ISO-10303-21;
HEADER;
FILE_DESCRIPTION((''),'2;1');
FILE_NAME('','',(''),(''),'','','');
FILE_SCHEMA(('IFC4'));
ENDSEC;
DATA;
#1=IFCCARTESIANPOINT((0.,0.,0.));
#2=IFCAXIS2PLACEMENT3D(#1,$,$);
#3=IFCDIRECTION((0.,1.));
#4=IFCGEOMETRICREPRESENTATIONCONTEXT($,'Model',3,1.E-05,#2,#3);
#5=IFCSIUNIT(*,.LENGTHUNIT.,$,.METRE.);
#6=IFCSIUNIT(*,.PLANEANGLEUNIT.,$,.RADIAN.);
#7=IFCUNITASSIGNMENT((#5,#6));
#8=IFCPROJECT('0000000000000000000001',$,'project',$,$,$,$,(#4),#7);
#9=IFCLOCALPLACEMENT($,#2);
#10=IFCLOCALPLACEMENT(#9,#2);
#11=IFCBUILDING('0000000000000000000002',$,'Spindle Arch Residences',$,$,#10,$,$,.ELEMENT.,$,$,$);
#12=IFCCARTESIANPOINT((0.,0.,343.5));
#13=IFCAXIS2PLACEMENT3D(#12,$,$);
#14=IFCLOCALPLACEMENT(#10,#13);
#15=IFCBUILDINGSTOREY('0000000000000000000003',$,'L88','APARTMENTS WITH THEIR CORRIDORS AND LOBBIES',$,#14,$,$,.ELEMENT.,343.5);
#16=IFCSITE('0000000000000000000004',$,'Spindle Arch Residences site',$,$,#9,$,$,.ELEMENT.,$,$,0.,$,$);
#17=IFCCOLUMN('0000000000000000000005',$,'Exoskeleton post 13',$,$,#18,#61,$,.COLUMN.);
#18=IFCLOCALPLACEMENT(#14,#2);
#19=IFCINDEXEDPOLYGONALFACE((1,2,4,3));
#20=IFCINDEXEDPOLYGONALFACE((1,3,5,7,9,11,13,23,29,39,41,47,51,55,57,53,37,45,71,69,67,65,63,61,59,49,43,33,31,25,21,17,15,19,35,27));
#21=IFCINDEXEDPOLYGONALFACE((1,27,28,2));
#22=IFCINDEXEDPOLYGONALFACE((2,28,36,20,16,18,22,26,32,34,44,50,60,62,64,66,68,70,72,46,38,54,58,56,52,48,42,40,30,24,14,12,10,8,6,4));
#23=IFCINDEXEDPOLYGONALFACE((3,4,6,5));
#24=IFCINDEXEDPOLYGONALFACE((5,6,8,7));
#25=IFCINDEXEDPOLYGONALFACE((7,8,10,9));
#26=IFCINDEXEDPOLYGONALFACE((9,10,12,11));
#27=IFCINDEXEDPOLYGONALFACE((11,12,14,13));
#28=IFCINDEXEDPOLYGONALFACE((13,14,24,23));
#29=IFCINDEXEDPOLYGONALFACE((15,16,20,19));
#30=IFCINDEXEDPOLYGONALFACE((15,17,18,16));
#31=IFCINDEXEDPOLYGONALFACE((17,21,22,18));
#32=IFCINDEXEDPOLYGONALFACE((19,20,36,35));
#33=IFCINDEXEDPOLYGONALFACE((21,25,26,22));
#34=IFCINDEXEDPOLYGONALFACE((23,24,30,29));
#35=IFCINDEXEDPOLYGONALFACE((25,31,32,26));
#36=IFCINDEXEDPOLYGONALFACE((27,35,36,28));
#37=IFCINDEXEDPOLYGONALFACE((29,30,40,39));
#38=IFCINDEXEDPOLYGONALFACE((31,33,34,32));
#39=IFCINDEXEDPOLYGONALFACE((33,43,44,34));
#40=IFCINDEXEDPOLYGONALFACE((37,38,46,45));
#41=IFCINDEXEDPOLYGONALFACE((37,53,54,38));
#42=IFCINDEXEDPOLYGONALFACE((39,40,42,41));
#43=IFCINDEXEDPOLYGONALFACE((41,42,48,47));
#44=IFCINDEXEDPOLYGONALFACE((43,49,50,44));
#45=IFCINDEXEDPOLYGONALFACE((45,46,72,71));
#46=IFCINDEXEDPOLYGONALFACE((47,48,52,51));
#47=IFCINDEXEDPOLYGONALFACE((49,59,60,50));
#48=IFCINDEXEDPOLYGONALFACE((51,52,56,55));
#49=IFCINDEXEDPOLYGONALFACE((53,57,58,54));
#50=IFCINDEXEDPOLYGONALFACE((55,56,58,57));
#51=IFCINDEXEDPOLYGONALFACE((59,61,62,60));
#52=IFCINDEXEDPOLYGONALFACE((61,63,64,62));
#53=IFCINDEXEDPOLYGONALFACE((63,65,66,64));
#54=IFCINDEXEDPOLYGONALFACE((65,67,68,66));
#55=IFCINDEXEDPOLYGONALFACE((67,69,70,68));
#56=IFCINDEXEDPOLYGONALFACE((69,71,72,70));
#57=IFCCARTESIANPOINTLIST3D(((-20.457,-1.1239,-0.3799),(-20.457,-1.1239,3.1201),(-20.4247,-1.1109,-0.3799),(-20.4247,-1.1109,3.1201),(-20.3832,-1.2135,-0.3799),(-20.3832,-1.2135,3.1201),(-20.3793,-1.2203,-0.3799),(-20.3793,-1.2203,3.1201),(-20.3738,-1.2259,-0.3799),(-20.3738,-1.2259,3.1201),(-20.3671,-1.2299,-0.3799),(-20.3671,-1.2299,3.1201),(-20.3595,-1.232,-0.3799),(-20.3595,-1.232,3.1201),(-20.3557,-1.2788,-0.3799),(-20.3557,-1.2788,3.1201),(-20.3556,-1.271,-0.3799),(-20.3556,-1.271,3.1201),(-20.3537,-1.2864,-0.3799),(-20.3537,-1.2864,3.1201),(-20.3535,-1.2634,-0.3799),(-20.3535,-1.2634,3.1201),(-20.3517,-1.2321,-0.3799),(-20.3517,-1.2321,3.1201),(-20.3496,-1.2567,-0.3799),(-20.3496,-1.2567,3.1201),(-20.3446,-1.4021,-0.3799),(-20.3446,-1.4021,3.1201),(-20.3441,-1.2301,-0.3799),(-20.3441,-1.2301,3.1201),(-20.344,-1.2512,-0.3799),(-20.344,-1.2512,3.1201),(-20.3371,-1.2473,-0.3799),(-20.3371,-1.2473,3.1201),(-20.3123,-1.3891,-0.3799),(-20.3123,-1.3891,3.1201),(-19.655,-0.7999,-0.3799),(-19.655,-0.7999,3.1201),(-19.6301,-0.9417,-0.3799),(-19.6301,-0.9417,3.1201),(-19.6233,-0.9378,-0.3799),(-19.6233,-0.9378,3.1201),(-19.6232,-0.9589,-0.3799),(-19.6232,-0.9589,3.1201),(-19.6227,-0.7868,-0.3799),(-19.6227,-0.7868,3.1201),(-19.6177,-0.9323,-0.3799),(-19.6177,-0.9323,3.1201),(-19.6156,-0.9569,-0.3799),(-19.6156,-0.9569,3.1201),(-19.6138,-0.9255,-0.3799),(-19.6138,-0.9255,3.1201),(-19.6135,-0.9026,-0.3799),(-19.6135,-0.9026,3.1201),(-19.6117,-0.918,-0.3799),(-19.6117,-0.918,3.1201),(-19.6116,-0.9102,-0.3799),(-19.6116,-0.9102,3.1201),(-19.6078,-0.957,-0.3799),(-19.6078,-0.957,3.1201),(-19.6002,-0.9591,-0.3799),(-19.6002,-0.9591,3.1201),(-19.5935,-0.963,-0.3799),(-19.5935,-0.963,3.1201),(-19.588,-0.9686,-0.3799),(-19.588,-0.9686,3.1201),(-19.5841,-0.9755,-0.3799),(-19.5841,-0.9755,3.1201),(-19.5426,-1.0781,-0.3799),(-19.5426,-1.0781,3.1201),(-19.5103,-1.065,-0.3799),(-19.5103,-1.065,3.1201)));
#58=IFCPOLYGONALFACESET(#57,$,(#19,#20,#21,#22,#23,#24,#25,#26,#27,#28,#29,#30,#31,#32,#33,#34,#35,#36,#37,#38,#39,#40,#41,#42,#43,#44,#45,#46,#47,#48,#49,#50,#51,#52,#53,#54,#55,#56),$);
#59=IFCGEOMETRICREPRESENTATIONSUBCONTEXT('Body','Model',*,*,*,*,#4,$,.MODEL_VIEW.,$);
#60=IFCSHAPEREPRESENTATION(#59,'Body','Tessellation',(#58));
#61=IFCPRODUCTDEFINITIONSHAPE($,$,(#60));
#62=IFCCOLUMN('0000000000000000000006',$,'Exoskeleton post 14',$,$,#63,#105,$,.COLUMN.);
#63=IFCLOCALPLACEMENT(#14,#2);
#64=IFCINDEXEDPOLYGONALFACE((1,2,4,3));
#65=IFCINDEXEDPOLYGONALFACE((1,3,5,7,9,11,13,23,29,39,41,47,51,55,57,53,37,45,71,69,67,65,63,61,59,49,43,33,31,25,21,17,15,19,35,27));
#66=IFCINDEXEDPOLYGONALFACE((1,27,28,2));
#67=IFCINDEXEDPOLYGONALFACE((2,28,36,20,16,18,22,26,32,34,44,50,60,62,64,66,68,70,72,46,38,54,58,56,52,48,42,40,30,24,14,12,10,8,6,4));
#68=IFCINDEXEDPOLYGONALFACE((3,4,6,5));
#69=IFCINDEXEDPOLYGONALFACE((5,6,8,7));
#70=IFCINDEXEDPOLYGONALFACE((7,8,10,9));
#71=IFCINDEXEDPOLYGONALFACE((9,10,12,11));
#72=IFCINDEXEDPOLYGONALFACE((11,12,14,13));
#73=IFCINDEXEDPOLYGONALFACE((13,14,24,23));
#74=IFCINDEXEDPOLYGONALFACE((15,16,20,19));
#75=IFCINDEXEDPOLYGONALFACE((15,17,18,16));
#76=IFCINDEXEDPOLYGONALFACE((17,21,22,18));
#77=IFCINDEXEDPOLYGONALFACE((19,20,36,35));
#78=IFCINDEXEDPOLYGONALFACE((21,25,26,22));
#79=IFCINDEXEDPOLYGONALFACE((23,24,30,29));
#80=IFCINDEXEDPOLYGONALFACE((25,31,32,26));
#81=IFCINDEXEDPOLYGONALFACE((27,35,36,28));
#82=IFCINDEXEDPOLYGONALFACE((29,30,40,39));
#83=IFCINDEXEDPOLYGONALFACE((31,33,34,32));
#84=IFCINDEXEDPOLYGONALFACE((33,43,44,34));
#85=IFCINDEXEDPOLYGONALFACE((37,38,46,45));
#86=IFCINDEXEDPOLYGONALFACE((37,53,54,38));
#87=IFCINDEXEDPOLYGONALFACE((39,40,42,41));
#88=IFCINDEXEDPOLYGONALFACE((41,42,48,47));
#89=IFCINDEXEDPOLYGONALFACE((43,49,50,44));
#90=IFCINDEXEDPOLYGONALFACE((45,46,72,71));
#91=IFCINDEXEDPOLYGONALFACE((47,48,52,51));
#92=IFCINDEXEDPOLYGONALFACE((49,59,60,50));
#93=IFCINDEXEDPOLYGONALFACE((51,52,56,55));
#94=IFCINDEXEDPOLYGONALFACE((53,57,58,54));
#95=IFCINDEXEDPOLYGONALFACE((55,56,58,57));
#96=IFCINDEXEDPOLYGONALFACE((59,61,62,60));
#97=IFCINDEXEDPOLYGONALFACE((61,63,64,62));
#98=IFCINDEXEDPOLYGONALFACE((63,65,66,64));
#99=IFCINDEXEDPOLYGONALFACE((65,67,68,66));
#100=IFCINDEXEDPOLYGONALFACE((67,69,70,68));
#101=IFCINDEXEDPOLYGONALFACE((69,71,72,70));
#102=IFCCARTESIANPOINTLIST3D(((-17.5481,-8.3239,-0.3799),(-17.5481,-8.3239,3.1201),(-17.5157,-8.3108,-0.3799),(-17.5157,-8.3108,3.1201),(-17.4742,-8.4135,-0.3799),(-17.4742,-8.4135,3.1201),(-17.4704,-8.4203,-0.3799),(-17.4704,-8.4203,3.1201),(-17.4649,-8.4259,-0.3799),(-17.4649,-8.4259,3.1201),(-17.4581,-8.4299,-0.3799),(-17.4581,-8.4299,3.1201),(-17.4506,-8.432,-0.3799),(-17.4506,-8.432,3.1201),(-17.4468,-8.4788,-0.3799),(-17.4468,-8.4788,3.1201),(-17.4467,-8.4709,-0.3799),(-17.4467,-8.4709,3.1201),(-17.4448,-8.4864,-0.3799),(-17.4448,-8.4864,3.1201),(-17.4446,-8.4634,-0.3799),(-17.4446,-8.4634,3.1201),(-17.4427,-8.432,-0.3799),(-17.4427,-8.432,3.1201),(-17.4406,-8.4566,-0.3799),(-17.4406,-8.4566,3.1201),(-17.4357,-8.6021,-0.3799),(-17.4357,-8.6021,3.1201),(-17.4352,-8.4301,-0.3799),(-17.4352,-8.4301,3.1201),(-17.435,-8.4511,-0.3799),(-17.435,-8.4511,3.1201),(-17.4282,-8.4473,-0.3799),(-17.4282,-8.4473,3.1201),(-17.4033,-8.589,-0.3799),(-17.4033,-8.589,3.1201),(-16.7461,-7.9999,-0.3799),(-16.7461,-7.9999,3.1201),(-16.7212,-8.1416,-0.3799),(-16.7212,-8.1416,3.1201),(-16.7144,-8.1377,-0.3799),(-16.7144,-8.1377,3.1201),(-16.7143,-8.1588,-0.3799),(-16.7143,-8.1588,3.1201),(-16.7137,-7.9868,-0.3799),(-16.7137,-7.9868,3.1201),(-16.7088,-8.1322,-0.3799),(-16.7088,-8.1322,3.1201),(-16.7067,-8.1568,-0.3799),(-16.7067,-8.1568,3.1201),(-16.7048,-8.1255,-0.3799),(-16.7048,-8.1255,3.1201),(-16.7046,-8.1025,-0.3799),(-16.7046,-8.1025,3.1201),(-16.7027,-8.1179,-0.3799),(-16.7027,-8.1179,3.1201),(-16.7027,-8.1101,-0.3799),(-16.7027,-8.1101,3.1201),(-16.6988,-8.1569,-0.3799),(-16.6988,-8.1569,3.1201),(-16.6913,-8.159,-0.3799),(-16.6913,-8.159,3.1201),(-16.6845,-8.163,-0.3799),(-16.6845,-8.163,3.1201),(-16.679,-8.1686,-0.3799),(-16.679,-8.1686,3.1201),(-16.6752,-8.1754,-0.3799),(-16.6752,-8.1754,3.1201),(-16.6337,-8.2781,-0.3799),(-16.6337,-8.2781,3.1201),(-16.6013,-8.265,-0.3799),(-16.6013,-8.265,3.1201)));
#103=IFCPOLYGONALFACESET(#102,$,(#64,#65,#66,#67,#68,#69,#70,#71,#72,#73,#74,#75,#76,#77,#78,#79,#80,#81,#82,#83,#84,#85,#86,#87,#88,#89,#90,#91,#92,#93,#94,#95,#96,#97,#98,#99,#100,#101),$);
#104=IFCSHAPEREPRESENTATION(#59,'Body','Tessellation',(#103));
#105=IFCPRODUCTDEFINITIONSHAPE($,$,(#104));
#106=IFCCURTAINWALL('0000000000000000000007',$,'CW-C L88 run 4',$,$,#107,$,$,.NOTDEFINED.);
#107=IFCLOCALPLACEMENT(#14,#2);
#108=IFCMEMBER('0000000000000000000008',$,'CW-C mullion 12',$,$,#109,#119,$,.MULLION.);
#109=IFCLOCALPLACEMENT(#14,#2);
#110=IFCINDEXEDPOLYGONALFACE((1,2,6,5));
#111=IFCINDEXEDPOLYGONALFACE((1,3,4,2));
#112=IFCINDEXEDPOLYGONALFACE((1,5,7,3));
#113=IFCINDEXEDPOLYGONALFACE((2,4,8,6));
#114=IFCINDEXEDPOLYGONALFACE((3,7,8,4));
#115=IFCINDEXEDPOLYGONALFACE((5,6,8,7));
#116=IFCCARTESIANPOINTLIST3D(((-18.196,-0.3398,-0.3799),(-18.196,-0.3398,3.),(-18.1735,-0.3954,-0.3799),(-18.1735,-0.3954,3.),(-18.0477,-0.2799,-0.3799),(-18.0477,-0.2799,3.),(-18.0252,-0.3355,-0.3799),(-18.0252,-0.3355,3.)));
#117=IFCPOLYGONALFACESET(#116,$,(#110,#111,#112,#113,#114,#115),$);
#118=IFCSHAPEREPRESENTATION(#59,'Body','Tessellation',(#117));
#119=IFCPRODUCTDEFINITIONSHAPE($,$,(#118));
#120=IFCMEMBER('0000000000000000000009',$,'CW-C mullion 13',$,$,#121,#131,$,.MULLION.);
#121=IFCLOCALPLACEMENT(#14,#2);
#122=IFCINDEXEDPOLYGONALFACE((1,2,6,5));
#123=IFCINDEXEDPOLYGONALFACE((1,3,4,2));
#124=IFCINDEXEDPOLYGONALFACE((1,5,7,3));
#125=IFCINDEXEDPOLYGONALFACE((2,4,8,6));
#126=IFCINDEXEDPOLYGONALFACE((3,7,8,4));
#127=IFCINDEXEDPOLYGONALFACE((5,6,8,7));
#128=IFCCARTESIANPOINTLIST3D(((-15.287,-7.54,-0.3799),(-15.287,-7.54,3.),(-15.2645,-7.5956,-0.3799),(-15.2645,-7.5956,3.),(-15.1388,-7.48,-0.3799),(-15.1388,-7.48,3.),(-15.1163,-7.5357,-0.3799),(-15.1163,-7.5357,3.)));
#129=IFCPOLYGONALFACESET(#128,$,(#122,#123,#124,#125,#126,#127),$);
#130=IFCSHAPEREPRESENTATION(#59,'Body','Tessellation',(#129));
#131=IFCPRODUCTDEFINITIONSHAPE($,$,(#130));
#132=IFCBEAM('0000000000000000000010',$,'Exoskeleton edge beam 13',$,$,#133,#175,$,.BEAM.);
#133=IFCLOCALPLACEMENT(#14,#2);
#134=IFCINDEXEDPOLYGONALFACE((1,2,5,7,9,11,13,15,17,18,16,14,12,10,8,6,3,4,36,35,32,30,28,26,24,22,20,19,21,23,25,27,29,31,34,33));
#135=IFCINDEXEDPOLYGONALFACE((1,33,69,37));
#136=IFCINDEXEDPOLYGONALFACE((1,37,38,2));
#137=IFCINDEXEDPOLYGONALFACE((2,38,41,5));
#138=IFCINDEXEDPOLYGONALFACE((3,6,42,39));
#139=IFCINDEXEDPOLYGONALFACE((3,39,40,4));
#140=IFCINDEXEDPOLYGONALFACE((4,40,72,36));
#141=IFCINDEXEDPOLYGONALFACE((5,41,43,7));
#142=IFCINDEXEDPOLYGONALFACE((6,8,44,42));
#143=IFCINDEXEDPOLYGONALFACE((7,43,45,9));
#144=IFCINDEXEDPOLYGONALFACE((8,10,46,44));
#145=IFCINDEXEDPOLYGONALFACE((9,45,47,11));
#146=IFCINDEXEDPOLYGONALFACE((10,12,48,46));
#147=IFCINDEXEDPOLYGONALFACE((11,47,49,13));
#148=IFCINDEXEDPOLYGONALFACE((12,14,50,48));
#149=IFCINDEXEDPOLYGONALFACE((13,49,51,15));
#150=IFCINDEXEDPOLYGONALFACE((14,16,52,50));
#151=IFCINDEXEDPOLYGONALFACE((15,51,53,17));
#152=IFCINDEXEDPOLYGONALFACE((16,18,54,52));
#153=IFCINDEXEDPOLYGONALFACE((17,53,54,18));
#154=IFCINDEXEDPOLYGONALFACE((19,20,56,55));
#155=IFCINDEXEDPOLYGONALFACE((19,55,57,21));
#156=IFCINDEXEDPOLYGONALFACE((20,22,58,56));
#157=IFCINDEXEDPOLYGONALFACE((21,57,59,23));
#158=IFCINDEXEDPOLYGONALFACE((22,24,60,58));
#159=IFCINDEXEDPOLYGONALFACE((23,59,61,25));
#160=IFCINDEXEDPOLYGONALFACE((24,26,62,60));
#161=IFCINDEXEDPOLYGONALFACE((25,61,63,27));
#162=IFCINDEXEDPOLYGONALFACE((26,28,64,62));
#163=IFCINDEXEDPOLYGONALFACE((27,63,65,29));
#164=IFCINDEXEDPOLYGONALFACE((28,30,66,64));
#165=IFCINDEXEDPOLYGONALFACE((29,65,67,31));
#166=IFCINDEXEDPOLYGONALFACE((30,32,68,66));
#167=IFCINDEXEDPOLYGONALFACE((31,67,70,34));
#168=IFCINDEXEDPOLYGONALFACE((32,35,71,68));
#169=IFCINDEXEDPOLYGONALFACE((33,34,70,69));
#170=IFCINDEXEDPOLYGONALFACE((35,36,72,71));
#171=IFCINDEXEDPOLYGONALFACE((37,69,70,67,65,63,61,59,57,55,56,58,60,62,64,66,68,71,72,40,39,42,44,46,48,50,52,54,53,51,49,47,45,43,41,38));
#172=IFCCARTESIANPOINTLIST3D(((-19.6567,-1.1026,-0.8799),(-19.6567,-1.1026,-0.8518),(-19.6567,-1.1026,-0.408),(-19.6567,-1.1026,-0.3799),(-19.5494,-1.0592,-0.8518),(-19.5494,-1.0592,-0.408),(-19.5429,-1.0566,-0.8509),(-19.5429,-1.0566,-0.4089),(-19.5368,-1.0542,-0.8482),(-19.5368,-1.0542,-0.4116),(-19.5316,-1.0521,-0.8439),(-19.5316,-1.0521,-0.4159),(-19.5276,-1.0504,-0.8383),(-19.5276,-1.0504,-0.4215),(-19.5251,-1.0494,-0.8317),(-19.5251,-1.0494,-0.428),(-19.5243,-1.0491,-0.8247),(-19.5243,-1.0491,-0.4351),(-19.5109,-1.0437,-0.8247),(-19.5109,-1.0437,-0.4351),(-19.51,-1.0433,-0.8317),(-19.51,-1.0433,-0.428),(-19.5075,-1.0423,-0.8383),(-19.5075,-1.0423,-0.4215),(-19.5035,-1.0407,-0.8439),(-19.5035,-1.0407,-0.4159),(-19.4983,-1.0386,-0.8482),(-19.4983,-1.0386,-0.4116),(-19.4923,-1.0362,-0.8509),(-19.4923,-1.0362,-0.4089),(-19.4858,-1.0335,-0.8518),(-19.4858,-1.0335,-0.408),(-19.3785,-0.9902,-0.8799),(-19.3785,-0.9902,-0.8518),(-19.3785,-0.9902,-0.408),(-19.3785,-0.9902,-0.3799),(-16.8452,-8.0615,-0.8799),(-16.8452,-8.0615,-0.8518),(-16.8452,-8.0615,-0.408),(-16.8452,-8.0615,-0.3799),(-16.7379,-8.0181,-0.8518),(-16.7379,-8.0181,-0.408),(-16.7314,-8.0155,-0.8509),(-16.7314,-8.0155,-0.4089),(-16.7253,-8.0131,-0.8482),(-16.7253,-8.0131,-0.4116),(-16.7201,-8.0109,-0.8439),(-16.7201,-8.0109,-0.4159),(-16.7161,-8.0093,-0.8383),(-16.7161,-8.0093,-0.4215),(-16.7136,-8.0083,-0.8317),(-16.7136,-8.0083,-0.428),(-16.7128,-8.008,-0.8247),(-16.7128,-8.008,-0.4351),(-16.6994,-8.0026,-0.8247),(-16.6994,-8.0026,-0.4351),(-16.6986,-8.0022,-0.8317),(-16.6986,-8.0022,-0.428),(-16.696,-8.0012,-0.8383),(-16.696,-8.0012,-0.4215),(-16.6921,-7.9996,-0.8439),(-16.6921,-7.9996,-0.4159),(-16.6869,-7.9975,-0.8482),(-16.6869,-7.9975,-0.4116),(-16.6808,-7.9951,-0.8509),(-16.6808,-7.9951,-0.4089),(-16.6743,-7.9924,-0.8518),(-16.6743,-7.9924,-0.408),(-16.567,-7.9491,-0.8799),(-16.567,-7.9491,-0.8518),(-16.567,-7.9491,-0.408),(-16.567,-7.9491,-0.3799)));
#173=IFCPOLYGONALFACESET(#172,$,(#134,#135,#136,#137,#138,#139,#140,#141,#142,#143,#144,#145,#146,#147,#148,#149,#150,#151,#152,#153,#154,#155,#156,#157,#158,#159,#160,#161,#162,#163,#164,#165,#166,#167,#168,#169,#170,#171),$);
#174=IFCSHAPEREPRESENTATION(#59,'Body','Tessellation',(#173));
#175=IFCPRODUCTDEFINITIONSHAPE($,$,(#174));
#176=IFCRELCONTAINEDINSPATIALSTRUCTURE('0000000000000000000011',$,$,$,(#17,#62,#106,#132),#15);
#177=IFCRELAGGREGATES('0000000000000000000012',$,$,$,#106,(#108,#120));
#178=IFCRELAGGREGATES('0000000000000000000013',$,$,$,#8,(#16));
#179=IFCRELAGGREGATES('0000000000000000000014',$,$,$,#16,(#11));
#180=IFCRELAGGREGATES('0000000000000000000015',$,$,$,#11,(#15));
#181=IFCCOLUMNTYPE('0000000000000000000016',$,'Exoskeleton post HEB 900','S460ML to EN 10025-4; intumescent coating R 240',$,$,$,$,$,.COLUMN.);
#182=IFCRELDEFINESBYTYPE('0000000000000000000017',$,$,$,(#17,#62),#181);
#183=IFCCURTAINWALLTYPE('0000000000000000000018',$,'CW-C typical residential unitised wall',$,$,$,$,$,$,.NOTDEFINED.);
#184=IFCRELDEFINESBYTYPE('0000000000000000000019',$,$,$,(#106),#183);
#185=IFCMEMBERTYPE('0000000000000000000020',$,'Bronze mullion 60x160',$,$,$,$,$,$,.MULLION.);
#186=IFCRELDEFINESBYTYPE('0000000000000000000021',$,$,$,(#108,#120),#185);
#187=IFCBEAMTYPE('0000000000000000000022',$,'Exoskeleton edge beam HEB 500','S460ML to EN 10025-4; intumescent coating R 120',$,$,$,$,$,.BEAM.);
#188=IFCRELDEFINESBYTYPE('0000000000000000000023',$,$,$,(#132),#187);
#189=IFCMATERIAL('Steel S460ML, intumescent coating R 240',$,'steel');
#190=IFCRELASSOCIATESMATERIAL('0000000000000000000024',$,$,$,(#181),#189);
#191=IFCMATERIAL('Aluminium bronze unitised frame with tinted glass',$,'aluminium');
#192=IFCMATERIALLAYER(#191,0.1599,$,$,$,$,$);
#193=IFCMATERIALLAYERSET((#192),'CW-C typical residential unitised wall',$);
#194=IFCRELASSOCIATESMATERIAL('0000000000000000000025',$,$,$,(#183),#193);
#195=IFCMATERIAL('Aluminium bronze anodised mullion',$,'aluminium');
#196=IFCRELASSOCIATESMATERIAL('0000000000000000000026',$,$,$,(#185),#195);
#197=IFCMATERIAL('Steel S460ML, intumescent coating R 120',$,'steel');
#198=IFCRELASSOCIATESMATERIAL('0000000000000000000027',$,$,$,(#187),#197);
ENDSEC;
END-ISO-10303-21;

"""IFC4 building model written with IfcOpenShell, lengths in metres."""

from ifc_helpers import new_model, si_unit, direction, frame, origin, origin_2d, place, context, subcontext, project, spatial, rectangle, i_section, extrude, material, layer, layer_set, material_profile, profile_set, type_object, element, aggregate, save


model = new_model("IFC4")

# Units and contexts
model_context = context("Model", 3, precision=1e-05, world=origin(), true_north=direction((0.0, 1.0)))
body_context = subcontext(model_context, "Body", "Model", "MODEL_VIEW")
ifc_project = project(units=[si_unit("LENGTHUNIT", "METRE"), si_unit("PLANEANGLEUNIT", "RADIAN")], contexts=[model_context])

# Site, building, storey
site_placement = place(None, origin())
site = spatial("IfcSite", under=ifc_project, at=site_placement, Name="Spindle Arch Residences site", CompositionType="ELEMENT", RefElevation=0.0)
building_placement = place(site_placement, origin())
building = spatial("IfcBuilding", under=site, at=building_placement, Name="Spindle Arch Residences", CompositionType="ELEMENT")
storey_placement = place(building_placement, frame((0.0, 0.0, 343.5)))
storey = spatial("IfcBuildingStorey", under=building, at=storey_placement, Name="L88", Description="APARTMENTS WITH THEIR CORRIDORS AND LOBBIES", CompositionType="ELEMENT", Elevation=343.5)

# Columns
ifc_material_1 = material(Name="Steel S460ML, intumescent coating R 240", Category="steel")
ifc_material_profile_1 = material_profile(ifc_material_1, i_section(OverallWidth=0.3, OverallDepth=0.8999, WebThickness=0.0186, FlangeThickness=0.0349, FilletRadius=0.03, at=origin_2d()), Name="HEB 900")
ifc_profile_set_1 = profile_set([ifc_material_profile_1], Name="Steel S460ML, intumescent coating R 240")
column_type = type_object("IfcColumnType", Name="Exoskeleton post HEB 900", Description="S460ML to EN 10025-4; intumescent coating R 240", PredefinedType="COLUMN", material=ifc_profile_set_1)
for number, where, z_axis, x_axis, name in (
    (1, (-19.9836, -1.0945, -0.3799), (0.0, 0.0, 1.0), (-0.374607, 0.927184, 0.0), "Exoskeleton post 13"),
    (2, (-17.0747, -8.2944, -0.3799), (0.0, 0.0, 1.0), (-0.374607, 0.927184, 0.0), "Exoskeleton post 14"),
):
    element("IfcColumn", number, at=place(storey_placement, frame(where, z_axis=z_axis, x_axis=x_axis)), inside=storey, type_object=column_type, Name=name, PredefinedType="COLUMN", context=body_context, shape_type="SweptSolid", body=[
        extrude(i_section(OverallWidth=0.3, OverallDepth=0.8999, WebThickness=0.0186, FlangeThickness=0.0349, FilletRadius=0.03, at=origin_2d()), origin(), (0.0, 0.0, 1.0), 3.5),
    ])

# Curtain wall, members
ifc_material_2 = material(Name="Aluminium bronze unitised frame with tinted glass", Category="aluminium")
ifc_layer_1 = layer(ifc_material_2, 0.1599)
ifc_layer_set_1 = layer_set([ifc_layer_1], Name="CW-C typical residential unitised wall")
curtain_wall_type = type_object("IfcCurtainWallType", Name="CW-C typical residential unitised wall", PredefinedType="NOTDEFINED", material=ifc_layer_set_1)
curtain_wall_placement = place(storey_placement, origin())
curtain_wall = element("IfcCurtainWall", 3, at=curtain_wall_placement, inside=storey, type_object=curtain_wall_type, Name="CW-C L88 run 4", PredefinedType="NOTDEFINED")
ifc_material_3 = material(Name="Aluminium bronze anodised mullion", Category="aluminium")
ifc_material_profile_2 = material_profile(ifc_material_3, rectangle(XDim=0.1599, YDim=0.0601, at=origin_2d()), Name="MU 60x160")
ifc_profile_set_2 = profile_set([ifc_material_profile_2], Name="Aluminium bronze anodised mullion")
member_type = type_object("IfcMemberType", Name="Bronze mullion 60x160", PredefinedType="MULLION", material=ifc_profile_set_2)
member_1_placement = place(storey_placement, frame((-18.1106, -0.3376, -0.3799), z_axis=(0.0, 0.0, 1.0), x_axis=(0.927184, 0.374607, 0.0)))
member_1 = element("IfcMember", 4, at=member_1_placement, type_object=member_type, Name="CW-C mullion 12", PredefinedType="MULLION", context=body_context, shape_type="SweptSolid", body=[
    extrude(rectangle(XDim=0.1599, YDim=0.0601, at=origin_2d()), origin(), (0.0, 0.0, 1.0), 3.3799),
])
member_2_placement = place(storey_placement, frame((-15.2017, -7.5378, -0.3799), z_axis=(0.0, 0.0, 1.0), x_axis=(0.927184, 0.374607, 0.0)))
member_2 = element("IfcMember", 5, at=member_2_placement, type_object=member_type, Name="CW-C mullion 13", PredefinedType="MULLION", context=body_context, shape_type="SweptSolid", body=[
    extrude(rectangle(XDim=0.1599, YDim=0.0601, at=origin_2d()), origin(), (0.0, 0.0, 1.0), 3.3799),
])

# Beam
ifc_material_4 = material(Name="Steel S460ML, intumescent coating R 120", Category="steel")
ifc_material_profile_3 = material_profile(ifc_material_4, i_section(OverallWidth=0.3, OverallDepth=0.5, WebThickness=0.0144, FlangeThickness=0.0281, FilletRadius=0.0271, at=origin_2d()), Name="HEB 500")
ifc_profile_set_3 = profile_set([ifc_material_profile_3], Name="Steel S460ML, intumescent coating R 120")
beam_type_1 = type_object("IfcBeamType", Name="Exoskeleton edge beam HEB 500", Description="S460ML to EN 10025-4; intumescent coating R 120", PredefinedType="BEAM", material=ifc_profile_set_3)
for number, where, z_axis, x_axis, name in (
    (6, (-19.5176, -1.0464, -0.6299), (0.374596, -0.927188, 0.0), (0.927188, 0.374596, 0.0), "Exoskeleton edge beam 13"),
):
    element("IfcBeam", number, at=place(storey_placement, frame(where, z_axis=z_axis, x_axis=x_axis)), inside=storey, type_object=beam_type_1, Name=name, PredefinedType="BEAM", context=body_context, shape_type="SweptSolid", body=[
        extrude(i_section(OverallWidth=0.3, OverallDepth=0.5, WebThickness=0.0144, FlangeThickness=0.0281, FilletRadius=0.0271, at=origin_2d()), origin(), (0.0, 0.0, 1.0), 7.5054),
    ])

aggregate(curtain_wall, [member_1, member_2])

save(model, "model.ifc")
